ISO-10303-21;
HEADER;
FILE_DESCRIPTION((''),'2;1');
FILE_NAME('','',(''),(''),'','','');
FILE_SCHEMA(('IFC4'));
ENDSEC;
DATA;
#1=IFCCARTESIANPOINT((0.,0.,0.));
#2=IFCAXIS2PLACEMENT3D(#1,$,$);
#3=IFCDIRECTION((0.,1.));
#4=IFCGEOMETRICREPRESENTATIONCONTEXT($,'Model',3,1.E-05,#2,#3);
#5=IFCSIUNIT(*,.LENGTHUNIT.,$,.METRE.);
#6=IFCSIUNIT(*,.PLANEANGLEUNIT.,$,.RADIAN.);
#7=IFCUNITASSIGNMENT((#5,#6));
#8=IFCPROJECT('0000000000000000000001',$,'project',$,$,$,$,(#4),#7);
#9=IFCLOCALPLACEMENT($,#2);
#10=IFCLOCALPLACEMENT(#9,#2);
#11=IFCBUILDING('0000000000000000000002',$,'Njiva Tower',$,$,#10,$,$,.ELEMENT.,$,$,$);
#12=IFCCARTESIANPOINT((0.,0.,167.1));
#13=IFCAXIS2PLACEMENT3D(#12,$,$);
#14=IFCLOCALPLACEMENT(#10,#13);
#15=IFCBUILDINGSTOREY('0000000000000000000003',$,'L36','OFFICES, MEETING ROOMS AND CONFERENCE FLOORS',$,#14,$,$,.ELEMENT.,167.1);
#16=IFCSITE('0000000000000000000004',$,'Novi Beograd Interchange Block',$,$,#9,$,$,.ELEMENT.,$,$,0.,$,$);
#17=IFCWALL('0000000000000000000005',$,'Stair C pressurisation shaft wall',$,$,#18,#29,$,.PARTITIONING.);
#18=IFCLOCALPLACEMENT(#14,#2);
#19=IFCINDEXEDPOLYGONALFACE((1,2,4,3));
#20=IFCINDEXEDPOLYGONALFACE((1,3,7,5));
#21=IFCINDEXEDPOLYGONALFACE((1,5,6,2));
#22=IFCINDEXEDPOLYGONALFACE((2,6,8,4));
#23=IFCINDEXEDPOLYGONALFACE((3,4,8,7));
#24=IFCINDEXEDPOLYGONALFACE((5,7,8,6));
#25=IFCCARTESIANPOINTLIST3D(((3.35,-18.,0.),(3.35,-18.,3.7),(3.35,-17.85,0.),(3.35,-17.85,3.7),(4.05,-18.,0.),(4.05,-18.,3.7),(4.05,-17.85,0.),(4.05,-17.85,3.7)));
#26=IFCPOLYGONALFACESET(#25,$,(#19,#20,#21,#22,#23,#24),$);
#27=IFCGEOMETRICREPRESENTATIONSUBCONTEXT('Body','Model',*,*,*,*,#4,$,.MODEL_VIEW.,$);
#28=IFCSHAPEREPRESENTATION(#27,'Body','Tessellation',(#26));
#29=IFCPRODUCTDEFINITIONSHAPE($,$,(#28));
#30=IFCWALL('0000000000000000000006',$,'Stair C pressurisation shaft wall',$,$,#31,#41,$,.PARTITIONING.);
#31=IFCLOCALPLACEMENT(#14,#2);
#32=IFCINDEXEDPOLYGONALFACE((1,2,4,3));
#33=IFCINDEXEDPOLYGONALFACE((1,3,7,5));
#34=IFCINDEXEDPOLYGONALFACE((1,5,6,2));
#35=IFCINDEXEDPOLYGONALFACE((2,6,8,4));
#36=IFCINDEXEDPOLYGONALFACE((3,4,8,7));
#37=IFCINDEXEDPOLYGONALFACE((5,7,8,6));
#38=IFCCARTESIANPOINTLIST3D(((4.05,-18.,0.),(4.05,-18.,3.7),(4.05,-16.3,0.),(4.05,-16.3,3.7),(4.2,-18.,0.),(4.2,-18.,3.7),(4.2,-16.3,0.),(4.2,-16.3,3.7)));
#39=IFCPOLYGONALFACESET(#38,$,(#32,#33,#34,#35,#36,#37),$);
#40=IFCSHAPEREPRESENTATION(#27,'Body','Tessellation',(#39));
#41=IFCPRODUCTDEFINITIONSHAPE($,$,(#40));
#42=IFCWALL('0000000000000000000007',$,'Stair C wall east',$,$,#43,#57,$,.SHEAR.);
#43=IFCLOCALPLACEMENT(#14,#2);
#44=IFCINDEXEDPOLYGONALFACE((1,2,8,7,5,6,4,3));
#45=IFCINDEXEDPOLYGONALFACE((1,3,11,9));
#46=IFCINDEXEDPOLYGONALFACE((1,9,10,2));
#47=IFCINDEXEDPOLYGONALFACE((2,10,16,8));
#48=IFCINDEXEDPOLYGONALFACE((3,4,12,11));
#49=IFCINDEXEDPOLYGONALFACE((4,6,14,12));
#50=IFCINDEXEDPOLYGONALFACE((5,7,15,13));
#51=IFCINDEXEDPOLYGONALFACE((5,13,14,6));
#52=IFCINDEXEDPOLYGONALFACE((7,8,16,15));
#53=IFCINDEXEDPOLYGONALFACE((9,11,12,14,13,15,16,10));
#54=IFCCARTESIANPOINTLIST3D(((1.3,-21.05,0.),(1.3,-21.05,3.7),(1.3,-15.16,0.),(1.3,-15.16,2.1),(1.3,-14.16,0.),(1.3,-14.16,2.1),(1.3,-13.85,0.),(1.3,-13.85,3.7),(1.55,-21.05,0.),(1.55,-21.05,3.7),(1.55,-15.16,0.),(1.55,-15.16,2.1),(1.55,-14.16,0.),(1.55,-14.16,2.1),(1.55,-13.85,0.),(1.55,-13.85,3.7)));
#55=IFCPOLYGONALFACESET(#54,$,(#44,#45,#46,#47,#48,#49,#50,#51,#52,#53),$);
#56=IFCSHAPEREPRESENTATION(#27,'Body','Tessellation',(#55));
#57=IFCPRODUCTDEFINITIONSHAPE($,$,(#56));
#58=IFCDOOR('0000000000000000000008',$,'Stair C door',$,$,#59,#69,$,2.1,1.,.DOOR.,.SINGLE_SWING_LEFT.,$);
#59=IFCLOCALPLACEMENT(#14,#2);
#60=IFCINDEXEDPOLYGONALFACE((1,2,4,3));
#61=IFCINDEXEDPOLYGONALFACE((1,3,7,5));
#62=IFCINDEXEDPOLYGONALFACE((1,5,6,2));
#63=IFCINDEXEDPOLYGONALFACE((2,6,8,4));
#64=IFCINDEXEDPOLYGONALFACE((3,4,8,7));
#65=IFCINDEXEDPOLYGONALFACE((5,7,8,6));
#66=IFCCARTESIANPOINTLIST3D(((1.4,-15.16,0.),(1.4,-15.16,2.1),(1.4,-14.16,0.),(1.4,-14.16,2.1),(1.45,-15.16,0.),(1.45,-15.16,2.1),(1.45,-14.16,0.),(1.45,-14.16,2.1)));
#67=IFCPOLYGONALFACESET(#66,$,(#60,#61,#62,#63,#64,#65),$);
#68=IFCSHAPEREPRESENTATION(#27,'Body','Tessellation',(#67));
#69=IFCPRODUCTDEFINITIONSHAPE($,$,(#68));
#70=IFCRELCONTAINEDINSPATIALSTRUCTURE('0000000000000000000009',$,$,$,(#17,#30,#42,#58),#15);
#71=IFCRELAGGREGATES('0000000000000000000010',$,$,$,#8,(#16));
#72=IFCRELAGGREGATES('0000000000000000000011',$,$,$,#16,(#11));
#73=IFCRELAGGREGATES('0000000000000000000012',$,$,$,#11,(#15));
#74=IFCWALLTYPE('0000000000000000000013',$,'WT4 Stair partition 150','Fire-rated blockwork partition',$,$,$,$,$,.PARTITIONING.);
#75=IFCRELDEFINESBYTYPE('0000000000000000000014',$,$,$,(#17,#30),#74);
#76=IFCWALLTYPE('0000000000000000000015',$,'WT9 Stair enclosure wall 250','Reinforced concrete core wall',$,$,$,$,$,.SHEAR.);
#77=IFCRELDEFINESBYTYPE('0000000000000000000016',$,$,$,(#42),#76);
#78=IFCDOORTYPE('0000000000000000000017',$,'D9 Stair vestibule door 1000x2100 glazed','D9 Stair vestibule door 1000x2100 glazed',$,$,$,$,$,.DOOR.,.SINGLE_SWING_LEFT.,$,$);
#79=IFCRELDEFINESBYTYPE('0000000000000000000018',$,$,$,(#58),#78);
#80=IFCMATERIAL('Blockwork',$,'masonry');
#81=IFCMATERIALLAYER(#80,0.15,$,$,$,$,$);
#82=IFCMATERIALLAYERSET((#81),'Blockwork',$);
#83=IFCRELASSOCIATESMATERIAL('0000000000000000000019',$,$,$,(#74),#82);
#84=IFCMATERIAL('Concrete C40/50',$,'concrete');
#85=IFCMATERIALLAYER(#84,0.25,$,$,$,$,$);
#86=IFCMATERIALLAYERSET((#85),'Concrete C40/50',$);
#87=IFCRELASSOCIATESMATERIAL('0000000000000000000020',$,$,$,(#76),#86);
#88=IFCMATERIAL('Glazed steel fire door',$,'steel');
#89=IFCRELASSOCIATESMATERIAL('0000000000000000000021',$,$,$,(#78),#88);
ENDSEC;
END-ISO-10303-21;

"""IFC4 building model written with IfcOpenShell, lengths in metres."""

from ifc_helpers import new_model, si_unit, direction, frame, frame_2d, origin, place, context, subcontext, project, spatial, rectangle, extrude, material, layer, layer_set, type_object, element, fill, save


model = new_model("IFC4")

# Units and contexts
model_context = context("Model", 3, precision=1e-05, world=origin(), true_north=direction((0.0, 1.0)))
body_context = subcontext(model_context, "Body", "Model", "MODEL_VIEW")
ifc_project = project(units=[si_unit("LENGTHUNIT", "METRE"), si_unit("PLANEANGLEUNIT", "RADIAN")], contexts=[model_context])

# Site, building, storey
site_placement = place(None, origin())
site = spatial("IfcSite", under=ifc_project, at=site_placement, Name="Novi Beograd Interchange Block", CompositionType="ELEMENT", RefElevation=0.0)
building_placement = place(site_placement, origin())
building = spatial("IfcBuilding", under=site, at=building_placement, Name="Njiva Tower", CompositionType="ELEMENT")
storey_placement = place(building_placement, frame((0.0, 0.0, 167.1)))
storey = spatial("IfcBuildingStorey", under=building, at=storey_placement, Name="L36", Description="OFFICES, MEETING ROOMS AND CONFERENCE FLOORS", CompositionType="ELEMENT", Elevation=167.1)

# Walls
ifc_material_1 = material(Name="Blockwork", Category="masonry")
ifc_layer_1 = layer(ifc_material_1, 0.15)
ifc_layer_set_1 = layer_set([ifc_layer_1], Name="Blockwork")
wall_type_1 = type_object("IfcWallType", Name="WT4 Stair partition 150", Description="Fire-rated blockwork partition", PredefinedType="PARTITIONING", material=ifc_layer_set_1)
wall_1_placement = place(storey_placement, frame((3.35, -17.925, 0.0), z_axis=(0.0, 0.0, 1.0), x_axis=(1.0, 0.0, 0.0)))
element("IfcWall", 1, at=wall_1_placement, inside=storey, type_object=wall_type_1, Name="Stair C pressurisation shaft wall", PredefinedType="PARTITIONING", context=body_context, shape_type="SweptSolid", body=[
    extrude(rectangle(XDim=0.7, YDim=0.15, at=frame_2d((0.35, 0.0))), origin(), (0.0, 0.0, 1.0), 3.7),
])
wall_2_placement = place(storey_placement, frame((4.125, -18.0, 0.0), z_axis=(0.0, 0.0, 1.0), x_axis=(0.0, 1.0, 0.0)))
element("IfcWall", 2, at=wall_2_placement, inside=storey, type_object=wall_type_1, Name="Stair C pressurisation shaft wall", PredefinedType="PARTITIONING", context=body_context, shape_type="SweptSolid", body=[
    extrude(rectangle(XDim=1.7, YDim=0.15, at=frame_2d((0.85, 0.0))), origin(), (0.0, 0.0, 1.0), 3.7),
])

# Wall, opening, door
ifc_material_2 = material(Name="Concrete C40/50", Category="concrete")
ifc_layer_2 = layer(ifc_material_2, 0.25)
ifc_layer_set_2 = layer_set([ifc_layer_2], Name="Concrete C40/50")
wall_type_2 = type_object("IfcWallType", Name="WT9 Stair enclosure wall 250", Description="Reinforced concrete core wall", PredefinedType="SHEAR", material=ifc_layer_set_2)
wall_3_placement = place(storey_placement, frame((1.425, -21.05, 0.0), z_axis=(0.0, 0.0, 1.0), x_axis=(0.0, 1.0, 0.0)))
wall_3 = element("IfcWall", 3, at=wall_3_placement, inside=storey, type_object=wall_type_2, Name="Stair C wall east", PredefinedType="SHEAR", context=body_context, shape_type="SweptSolid", body=[
    extrude(rectangle(XDim=7.2, YDim=0.25, at=frame_2d((3.6, 0.0))), origin(), (0.0, 0.0, 1.0), 3.7),
])
opening_1_placement = place(wall_3_placement, frame((5.89, 0.0, 0.0)))
opening_1 = element("IfcOpeningElement", 4, at=opening_1_placement, cuts=wall_3, PredefinedType="OPENING", context=body_context, shape_type="SweptSolid", body=[
    extrude(rectangle(XDim=1.0, YDim=2.1, at=frame_2d((0.5, 1.05))), frame((0.0, 0.135, 0.0), z_axis=(0.0, -1.0, 0.0), x_axis=(1.0, 0.0, 0.0)), (0.0, 0.0, 1.0), 0.27),
])
ifc_material_3 = material(Name="Glazed steel fire door", Category="steel")
door_type = type_object("IfcDoorType", Name="D9 Stair vestibule door 1000x2100 glazed", Description="D9 Stair vestibule door 1000x2100 glazed", OperationType="SINGLE_SWING_LEFT", PredefinedType="DOOR", material=ifc_material_3)
door_placement = place(opening_1_placement, origin())
door = element("IfcDoor", 5, at=door_placement, inside=storey, type_object=door_type, Name="Stair C door", OperationType="SINGLE_SWING_LEFT", OverallHeight=2.1, OverallWidth=1.0, PredefinedType="DOOR", context=body_context, shape_type="SweptSolid", body=[
    extrude(rectangle(XDim=1.0, YDim=2.1, at=frame_2d((0.5, 1.05))), frame((0.0, 0.025, 0.0), z_axis=(0.0, -1.0, 0.0), x_axis=(1.0, 0.0, 0.0)), (0.0, 0.0, 1.0), 0.05),
])
fill(opening_1, door)

save(model, "model.ifc")
